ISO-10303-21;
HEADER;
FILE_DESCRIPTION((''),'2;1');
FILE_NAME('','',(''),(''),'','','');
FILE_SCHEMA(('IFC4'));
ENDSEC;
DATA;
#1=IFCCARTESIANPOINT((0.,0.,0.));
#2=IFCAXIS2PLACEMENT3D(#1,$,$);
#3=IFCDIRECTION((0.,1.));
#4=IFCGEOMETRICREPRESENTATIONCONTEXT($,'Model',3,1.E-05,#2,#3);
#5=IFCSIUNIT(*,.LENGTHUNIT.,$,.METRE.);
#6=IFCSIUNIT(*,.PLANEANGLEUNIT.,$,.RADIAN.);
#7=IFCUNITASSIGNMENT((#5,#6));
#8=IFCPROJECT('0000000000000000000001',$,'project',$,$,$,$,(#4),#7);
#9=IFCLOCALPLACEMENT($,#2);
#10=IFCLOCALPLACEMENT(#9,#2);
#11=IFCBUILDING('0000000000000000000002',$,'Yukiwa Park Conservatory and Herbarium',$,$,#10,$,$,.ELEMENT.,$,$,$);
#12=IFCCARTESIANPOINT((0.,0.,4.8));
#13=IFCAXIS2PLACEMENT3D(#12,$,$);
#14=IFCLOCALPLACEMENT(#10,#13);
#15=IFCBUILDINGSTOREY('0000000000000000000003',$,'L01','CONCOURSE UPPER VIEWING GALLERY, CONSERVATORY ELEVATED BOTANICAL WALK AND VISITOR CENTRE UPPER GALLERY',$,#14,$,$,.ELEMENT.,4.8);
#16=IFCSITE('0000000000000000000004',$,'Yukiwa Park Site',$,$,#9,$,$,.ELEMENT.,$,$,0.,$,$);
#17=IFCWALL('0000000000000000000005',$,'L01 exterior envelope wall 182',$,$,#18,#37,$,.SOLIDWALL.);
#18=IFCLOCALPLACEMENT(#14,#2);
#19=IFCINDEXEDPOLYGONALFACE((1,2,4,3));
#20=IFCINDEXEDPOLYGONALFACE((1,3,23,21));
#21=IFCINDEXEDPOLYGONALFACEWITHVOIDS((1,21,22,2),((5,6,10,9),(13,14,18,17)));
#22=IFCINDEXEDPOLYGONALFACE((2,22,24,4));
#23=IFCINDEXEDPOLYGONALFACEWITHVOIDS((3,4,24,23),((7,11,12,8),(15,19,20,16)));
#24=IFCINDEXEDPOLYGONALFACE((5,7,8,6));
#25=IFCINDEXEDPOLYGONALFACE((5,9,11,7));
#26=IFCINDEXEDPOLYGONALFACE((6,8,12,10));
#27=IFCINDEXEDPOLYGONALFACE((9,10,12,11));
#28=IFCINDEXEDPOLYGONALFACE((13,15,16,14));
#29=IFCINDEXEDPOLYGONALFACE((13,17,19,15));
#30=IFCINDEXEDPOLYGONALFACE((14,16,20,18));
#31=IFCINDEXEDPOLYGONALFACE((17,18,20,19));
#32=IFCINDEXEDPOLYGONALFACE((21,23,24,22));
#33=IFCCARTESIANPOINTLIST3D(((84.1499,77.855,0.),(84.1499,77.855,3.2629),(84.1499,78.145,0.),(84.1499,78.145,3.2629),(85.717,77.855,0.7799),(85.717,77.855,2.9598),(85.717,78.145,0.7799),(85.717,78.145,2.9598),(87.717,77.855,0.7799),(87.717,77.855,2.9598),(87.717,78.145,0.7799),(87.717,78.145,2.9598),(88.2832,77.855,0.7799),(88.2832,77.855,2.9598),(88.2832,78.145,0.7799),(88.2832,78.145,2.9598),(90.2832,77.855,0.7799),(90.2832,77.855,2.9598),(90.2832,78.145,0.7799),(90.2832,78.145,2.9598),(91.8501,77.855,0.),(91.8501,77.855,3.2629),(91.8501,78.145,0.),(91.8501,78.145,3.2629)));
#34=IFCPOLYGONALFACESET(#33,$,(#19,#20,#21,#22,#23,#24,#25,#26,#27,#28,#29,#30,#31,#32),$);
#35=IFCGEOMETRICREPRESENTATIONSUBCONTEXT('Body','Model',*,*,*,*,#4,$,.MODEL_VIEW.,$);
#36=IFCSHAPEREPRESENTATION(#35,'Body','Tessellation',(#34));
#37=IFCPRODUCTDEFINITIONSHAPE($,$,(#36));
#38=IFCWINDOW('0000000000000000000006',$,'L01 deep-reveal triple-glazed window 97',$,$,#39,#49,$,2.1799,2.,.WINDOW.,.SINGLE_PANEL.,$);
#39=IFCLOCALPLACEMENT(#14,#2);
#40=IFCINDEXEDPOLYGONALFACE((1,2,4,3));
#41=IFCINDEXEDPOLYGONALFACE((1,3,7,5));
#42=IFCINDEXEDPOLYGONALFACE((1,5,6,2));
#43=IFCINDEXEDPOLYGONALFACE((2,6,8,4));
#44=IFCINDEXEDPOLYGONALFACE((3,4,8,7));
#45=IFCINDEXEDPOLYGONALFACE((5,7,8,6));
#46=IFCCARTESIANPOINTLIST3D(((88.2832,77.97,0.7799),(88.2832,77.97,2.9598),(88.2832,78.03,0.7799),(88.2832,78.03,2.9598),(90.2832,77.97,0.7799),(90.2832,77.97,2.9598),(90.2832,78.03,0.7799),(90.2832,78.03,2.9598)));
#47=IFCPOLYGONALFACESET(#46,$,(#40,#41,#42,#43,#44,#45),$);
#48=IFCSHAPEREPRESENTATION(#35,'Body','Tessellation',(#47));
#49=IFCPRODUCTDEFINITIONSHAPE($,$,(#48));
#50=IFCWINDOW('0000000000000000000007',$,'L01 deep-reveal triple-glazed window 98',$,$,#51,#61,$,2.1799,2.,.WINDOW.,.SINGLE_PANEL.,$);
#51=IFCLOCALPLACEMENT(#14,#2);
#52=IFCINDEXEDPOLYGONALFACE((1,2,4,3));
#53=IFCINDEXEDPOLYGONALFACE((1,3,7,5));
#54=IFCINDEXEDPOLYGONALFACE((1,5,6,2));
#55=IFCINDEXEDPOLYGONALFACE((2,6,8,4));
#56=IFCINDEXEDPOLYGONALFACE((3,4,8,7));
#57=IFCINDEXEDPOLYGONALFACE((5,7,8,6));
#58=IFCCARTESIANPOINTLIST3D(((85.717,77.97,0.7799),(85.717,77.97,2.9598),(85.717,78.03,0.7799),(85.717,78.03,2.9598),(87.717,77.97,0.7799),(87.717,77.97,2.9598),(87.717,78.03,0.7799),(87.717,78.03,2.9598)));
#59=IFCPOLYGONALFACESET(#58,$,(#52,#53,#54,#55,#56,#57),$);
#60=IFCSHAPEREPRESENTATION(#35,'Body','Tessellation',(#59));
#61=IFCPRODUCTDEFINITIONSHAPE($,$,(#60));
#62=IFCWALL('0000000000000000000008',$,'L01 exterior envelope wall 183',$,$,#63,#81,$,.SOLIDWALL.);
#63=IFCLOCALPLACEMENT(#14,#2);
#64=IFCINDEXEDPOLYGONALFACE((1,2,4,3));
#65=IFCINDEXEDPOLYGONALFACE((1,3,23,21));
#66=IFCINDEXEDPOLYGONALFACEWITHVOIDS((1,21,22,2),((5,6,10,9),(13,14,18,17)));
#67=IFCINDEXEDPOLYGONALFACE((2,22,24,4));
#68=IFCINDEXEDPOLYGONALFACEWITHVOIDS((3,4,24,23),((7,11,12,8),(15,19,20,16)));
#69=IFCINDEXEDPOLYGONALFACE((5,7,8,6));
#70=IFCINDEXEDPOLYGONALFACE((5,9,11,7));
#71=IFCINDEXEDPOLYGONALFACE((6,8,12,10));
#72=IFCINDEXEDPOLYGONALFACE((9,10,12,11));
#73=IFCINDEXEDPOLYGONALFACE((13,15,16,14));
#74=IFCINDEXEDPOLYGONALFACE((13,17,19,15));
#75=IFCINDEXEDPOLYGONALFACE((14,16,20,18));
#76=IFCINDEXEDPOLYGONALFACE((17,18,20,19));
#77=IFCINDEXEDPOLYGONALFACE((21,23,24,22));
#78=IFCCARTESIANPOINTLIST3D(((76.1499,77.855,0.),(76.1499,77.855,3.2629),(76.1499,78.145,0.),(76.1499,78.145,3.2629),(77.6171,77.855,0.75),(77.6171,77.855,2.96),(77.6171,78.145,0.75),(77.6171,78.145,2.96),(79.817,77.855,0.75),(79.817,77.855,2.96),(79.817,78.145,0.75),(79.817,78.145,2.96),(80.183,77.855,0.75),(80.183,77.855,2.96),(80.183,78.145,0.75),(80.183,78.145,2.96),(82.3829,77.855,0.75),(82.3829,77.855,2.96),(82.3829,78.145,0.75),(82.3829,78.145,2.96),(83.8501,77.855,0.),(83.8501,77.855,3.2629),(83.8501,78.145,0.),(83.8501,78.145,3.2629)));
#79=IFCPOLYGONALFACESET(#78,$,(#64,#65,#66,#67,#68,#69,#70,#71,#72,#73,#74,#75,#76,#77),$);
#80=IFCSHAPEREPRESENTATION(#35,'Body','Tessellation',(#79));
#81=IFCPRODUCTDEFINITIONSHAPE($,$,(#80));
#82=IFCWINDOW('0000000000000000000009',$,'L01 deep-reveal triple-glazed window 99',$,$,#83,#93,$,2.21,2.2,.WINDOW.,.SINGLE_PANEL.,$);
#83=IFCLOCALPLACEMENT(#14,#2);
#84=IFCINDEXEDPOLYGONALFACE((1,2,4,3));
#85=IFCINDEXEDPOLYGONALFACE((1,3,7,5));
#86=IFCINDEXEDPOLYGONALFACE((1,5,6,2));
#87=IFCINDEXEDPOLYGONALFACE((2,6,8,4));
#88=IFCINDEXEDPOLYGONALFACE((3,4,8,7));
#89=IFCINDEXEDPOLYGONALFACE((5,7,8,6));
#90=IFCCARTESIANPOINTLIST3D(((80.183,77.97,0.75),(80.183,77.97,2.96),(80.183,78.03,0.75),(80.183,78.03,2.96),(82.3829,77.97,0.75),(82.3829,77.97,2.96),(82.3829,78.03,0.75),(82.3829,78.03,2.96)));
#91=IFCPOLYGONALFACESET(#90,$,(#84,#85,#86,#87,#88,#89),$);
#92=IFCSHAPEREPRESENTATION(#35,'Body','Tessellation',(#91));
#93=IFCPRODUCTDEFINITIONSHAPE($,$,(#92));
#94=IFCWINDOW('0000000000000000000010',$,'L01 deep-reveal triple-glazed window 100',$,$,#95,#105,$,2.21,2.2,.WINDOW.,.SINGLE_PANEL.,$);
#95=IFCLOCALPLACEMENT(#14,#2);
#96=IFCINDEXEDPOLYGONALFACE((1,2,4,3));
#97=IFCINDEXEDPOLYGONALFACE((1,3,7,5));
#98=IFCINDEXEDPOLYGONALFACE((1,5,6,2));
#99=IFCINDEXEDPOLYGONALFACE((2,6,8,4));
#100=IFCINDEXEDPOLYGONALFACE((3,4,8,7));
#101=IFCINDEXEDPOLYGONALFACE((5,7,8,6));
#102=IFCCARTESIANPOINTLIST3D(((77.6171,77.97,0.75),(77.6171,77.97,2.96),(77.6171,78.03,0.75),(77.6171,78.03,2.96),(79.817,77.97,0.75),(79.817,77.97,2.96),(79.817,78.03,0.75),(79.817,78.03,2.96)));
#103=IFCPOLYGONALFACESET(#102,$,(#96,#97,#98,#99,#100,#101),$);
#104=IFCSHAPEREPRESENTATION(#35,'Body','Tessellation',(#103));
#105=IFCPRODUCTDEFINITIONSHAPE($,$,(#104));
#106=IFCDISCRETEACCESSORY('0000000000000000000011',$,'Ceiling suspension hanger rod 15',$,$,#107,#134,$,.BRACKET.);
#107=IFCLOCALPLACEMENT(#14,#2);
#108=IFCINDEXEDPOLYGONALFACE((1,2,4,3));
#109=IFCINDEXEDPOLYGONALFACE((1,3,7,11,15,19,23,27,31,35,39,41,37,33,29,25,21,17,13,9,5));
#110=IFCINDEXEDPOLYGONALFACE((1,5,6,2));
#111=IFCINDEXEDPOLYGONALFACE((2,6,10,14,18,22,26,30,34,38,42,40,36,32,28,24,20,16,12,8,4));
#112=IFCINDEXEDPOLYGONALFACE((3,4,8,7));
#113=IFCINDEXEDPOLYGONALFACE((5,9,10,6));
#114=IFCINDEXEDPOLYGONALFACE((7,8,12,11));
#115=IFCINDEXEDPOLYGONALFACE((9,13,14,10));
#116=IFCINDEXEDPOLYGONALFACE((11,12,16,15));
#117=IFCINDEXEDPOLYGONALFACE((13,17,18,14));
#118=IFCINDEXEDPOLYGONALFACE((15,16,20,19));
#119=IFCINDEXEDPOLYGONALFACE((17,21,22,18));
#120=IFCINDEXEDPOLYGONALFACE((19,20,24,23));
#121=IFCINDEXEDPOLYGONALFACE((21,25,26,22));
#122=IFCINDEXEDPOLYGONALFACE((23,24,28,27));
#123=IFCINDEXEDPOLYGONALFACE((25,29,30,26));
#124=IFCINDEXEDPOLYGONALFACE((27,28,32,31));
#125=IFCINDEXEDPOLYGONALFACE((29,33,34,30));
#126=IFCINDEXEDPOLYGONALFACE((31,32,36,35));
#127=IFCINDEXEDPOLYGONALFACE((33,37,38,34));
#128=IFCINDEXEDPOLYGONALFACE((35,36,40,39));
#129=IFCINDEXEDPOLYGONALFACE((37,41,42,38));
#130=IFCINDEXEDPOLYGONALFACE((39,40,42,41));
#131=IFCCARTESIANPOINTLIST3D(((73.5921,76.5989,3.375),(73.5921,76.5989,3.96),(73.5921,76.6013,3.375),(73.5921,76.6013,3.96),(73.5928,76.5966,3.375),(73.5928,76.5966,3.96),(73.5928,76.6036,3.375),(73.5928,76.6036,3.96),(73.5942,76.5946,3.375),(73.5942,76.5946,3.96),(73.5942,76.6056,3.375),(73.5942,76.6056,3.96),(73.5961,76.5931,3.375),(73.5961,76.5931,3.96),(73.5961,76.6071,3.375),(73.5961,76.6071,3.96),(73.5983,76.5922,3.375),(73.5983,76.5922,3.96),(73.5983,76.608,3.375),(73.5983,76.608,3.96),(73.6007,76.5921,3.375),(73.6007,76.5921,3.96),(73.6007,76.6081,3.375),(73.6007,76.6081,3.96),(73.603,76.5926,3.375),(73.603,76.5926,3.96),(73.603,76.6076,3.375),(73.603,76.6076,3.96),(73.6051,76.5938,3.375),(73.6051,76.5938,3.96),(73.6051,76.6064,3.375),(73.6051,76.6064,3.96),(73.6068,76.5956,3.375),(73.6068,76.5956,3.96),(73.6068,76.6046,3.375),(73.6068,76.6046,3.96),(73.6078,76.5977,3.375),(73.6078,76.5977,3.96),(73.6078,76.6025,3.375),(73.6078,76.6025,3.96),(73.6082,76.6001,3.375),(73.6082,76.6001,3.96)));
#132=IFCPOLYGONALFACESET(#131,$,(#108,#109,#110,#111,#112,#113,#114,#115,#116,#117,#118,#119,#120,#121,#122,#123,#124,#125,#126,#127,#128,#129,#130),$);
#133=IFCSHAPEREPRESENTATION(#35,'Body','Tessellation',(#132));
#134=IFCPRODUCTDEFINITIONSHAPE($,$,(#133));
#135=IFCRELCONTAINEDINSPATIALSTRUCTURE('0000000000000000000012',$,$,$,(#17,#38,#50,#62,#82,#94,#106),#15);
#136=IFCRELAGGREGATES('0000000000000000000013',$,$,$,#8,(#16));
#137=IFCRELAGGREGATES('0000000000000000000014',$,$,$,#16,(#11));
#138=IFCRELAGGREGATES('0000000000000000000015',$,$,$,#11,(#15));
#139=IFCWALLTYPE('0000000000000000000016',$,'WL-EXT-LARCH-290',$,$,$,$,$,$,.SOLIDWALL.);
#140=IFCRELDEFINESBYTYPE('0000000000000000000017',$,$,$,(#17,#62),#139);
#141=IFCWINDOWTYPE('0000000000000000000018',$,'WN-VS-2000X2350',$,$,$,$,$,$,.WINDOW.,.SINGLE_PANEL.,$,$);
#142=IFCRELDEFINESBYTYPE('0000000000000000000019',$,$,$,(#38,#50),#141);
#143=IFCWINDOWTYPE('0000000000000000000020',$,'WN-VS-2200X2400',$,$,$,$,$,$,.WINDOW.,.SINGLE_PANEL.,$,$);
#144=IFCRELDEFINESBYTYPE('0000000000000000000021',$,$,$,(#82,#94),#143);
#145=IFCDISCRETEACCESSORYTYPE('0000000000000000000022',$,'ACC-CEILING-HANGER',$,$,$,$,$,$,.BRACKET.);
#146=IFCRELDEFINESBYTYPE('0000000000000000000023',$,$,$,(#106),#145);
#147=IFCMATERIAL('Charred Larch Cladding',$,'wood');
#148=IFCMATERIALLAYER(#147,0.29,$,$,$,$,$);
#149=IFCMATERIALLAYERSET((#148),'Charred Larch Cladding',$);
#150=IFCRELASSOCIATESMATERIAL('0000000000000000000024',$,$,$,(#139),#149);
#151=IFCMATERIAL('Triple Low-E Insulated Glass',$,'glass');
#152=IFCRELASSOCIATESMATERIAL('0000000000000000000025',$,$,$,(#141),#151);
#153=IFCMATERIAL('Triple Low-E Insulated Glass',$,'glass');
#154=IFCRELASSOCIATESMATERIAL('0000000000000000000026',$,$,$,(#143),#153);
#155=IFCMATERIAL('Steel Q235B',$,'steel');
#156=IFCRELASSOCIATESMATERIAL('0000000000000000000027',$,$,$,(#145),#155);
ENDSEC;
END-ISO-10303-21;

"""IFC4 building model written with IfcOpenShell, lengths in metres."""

from ifc_helpers import new_model, si_unit, direction, frame, frame_2d, origin, origin_2d, place, context, subcontext, project, spatial, rectangle, circle, extrude, material, layer, layer_set, type_object, element, fill, save


model = new_model("IFC4")

# Units and contexts
model_context = context("Model", 3, precision=1e-05, world=origin(), true_north=direction((0.0, 1.0)))
body_context = subcontext(model_context, "Body", "Model", "MODEL_VIEW")
ifc_project = project(units=[si_unit("LENGTHUNIT", "METRE"), si_unit("PLANEANGLEUNIT", "RADIAN")], contexts=[model_context])

# Site, building, storey
site_placement = place(None, origin())
site = spatial("IfcSite", under=ifc_project, at=site_placement, Name="Yukiwa Park Site", CompositionType="ELEMENT", RefElevation=0.0)
building_placement = place(site_placement, origin())
building = spatial("IfcBuilding", under=site, at=building_placement, Name="Yukiwa Park Conservatory and Herbarium", CompositionType="ELEMENT")
storey_placement = place(building_placement, frame((0.0, 0.0, 4.8)))
storey = spatial("IfcBuildingStorey", under=building, at=storey_placement, Name="L01", Description="CONCOURSE UPPER VIEWING GALLERY, CONSERVATORY ELEVATED BOTANICAL WALK AND VISITOR CENTRE UPPER GALLERY", CompositionType="ELEMENT", Elevation=4.8)

# Walls, openings, windows
ifc_material_1 = material(Name="Charred Larch Cladding", Category="wood")
ifc_layer_1 = layer(ifc_material_1, 0.29)
ifc_layer_set_1 = layer_set([ifc_layer_1], Name="Charred Larch Cladding")
wall_type_1 = type_object("IfcWallType", Name="WL-EXT-LARCH-290", PredefinedType="SOLIDWALL", material=ifc_layer_set_1)
wall_1_placement = place(storey_placement, frame((91.8501, 78.0, 0.0), z_axis=(0.0, 0.0, 1.0), x_axis=(-1.0, 0.0, 0.0)))
wall_1 = element("IfcWall", 1, at=wall_1_placement, inside=storey, type_object=wall_type_1, Name="L01 exterior envelope wall 182", PredefinedType="SOLIDWALL", context=body_context, shape_type="SweptSolid", body=[
    extrude(rectangle(XDim=7.7002, YDim=0.29, at=frame_2d((3.8501, 0.0))), origin(), (0.0, 0.0, 1.0), 3.2629),
])
opening_1_placement = place(wall_1_placement, frame((1.5669, 0.0, 0.78)))
opening_1 = element("IfcOpeningElement", 2, at=opening_1_placement, cuts=wall_1, PredefinedType="OPENING", context=body_context, shape_type="SweptSolid", body=[
    extrude(rectangle(XDim=2.0, YDim=2.1799, at=frame_2d((1.0, 1.0898))), frame((0.0, 0.155, 0.0), z_axis=(0.0, -1.0, 0.0), x_axis=(1.0, 0.0, 0.0)), (0.0, 0.0, 1.0), 0.3101),
])
opening_2_placement = place(wall_1_placement, frame((4.1331, 0.0, 0.78)))
opening_2 = element("IfcOpeningElement", 3, at=opening_2_placement, cuts=wall_1, PredefinedType="OPENING", context=body_context, shape_type="SweptSolid", body=[
    extrude(rectangle(XDim=2.0, YDim=2.1799, at=frame_2d((1.0, 1.0898))), frame((0.0, 0.155, 0.0), z_axis=(0.0, -1.0, 0.0), x_axis=(1.0, 0.0, 0.0)), (0.0, 0.0, 1.0), 0.3101),
])
ifc_material_2 = material(Name="Triple Low-E Insulated Glass", Category="glass")
window_type_1 = type_object("IfcWindowType", Name="WN-VS-2000X2350", PartitioningType="SINGLE_PANEL", PredefinedType="WINDOW", material=ifc_material_2)
window_1_placement = place(opening_1_placement, origin())
window_1 = element("IfcWindow", 4, at=window_1_placement, inside=storey, type_object=window_type_1, Name="L01 deep-reveal triple-glazed window 97", OverallHeight=2.1799, OverallWidth=2.0, PartitioningType="SINGLE_PANEL", PredefinedType="WINDOW", context=body_context, shape_type="SweptSolid", body=[
    extrude(rectangle(XDim=2.0, YDim=2.1799, at=frame_2d((1.0, 1.0898))), frame((0.0, 0.03, 0.0), z_axis=(0.0, -1.0, 0.0), x_axis=(1.0, 0.0, 0.0)), (0.0, 0.0, 1.0), 0.0601),
])
fill(opening_1, window_1)
window_2_placement = place(opening_2_placement, origin())
window_2 = element("IfcWindow", 5, at=window_2_placement, inside=storey, type_object=window_type_1, Name="L01 deep-reveal triple-glazed window 98", OverallHeight=2.1799, OverallWidth=2.0, PartitioningType="SINGLE_PANEL", PredefinedType="WINDOW", context=body_context, shape_type="SweptSolid", body=[
    extrude(rectangle(XDim=2.0, YDim=2.1799, at=frame_2d((1.0, 1.0898))), frame((0.0, 0.03, 0.0), z_axis=(0.0, -1.0, 0.0), x_axis=(1.0, 0.0, 0.0)), (0.0, 0.0, 1.0), 0.0601),
])
fill(opening_2, window_2)
wall_2_placement = place(storey_placement, frame((83.8501, 78.0, 0.0), z_axis=(0.0, 0.0, 1.0), x_axis=(-1.0, 0.0, 0.0)))
wall_2 = element("IfcWall", 6, at=wall_2_placement, inside=storey, type_object=wall_type_1, Name="L01 exterior envelope wall 183", PredefinedType="SOLIDWALL", context=body_context, shape_type="SweptSolid", body=[
    extrude(rectangle(XDim=7.7002, YDim=0.29, at=frame_2d((3.8501, 0.0))), origin(), (0.0, 0.0, 1.0), 3.2629),
])
opening_3_placement = place(wall_2_placement, frame((1.467, 0.0, 0.75)))
opening_3 = element("IfcOpeningElement", 7, at=opening_3_placement, cuts=wall_2, PredefinedType="OPENING", context=body_context, shape_type="SweptSolid", body=[
    extrude(rectangle(XDim=2.2, YDim=2.21, at=frame_2d((1.1001, 1.105))), frame((0.0, 0.155, 0.0), z_axis=(0.0, -1.0, 0.0), x_axis=(1.0, 0.0, 0.0)), (0.0, 0.0, 1.0), 0.3101),
])
opening_4_placement = place(wall_2_placement, frame((4.033, 0.0, 0.75)))
opening_4 = element("IfcOpeningElement", 8, at=opening_4_placement, cuts=wall_2, PredefinedType="OPENING", context=body_context, shape_type="SweptSolid", body=[
    extrude(rectangle(XDim=2.2, YDim=2.21, at=frame_2d((1.1001, 1.105))), frame((0.0, 0.155, 0.0), z_axis=(0.0, -1.0, 0.0), x_axis=(1.0, 0.0, 0.0)), (0.0, 0.0, 1.0), 0.3101),
])
ifc_material_3 = material(Name="Triple Low-E Insulated Glass", Category="glass")
window_type_2 = type_object("IfcWindowType", Name="WN-VS-2200X2400", PartitioningType="SINGLE_PANEL", PredefinedType="WINDOW", material=ifc_material_3)
window_3_placement = place(opening_3_placement, origin())
window_3 = element("IfcWindow", 9, at=window_3_placement, inside=storey, type_object=window_type_2, Name="L01 deep-reveal triple-glazed window 99", OverallHeight=2.21, OverallWidth=2.2, PartitioningType="SINGLE_PANEL", PredefinedType="WINDOW", context=body_context, shape_type="SweptSolid", body=[
    extrude(rectangle(XDim=2.2, YDim=2.21, at=frame_2d((1.1001, 1.105))), frame((0.0, 0.03, 0.0), z_axis=(0.0, -1.0, 0.0), x_axis=(1.0, 0.0, 0.0)), (0.0, 0.0, 1.0), 0.0601),
])
fill(opening_3, window_3)
window_4_placement = place(opening_4_placement, origin())
window_4 = element("IfcWindow", 10, at=window_4_placement, inside=storey, type_object=window_type_2, Name="L01 deep-reveal triple-glazed window 100", OverallHeight=2.21, OverallWidth=2.2, PartitioningType="SINGLE_PANEL", PredefinedType="WINDOW", context=body_context, shape_type="SweptSolid", body=[
    extrude(rectangle(XDim=2.2, YDim=2.21, at=frame_2d((1.1001, 1.105))), frame((0.0, 0.03, 0.0), z_axis=(0.0, -1.0, 0.0), x_axis=(1.0, 0.0, 0.0)), (0.0, 0.0, 1.0), 0.0601),
])
fill(opening_4, window_4)

# Discrete accessory
ifc_material_4 = material(Name="Steel Q235B", Category="steel")
discrete_accessory_type = type_object("IfcDiscreteAccessoryType", Name="ACC-CEILING-HANGER", PredefinedType="BRACKET", material=ifc_material_4)
discrete_accessory_placement = place(storey_placement, frame((73.6001, 76.6001, 3.375), z_axis=(0.0, 0.0, 1.0), x_axis=(1.0, 0.0, 0.0)))
element("IfcDiscreteAccessory", 11, at=discrete_accessory_placement, inside=storey, type_object=discrete_accessory_type, Name="Ceiling suspension hanger rod 15", PredefinedType="BRACKET", context=body_context, shape_type="SweptSolid", body=[
    extrude(circle(Radius=0.0081, at=origin_2d()), origin(), (0.0, 0.0, 1.0), 0.585),
])

save(model, "model.ifc")
